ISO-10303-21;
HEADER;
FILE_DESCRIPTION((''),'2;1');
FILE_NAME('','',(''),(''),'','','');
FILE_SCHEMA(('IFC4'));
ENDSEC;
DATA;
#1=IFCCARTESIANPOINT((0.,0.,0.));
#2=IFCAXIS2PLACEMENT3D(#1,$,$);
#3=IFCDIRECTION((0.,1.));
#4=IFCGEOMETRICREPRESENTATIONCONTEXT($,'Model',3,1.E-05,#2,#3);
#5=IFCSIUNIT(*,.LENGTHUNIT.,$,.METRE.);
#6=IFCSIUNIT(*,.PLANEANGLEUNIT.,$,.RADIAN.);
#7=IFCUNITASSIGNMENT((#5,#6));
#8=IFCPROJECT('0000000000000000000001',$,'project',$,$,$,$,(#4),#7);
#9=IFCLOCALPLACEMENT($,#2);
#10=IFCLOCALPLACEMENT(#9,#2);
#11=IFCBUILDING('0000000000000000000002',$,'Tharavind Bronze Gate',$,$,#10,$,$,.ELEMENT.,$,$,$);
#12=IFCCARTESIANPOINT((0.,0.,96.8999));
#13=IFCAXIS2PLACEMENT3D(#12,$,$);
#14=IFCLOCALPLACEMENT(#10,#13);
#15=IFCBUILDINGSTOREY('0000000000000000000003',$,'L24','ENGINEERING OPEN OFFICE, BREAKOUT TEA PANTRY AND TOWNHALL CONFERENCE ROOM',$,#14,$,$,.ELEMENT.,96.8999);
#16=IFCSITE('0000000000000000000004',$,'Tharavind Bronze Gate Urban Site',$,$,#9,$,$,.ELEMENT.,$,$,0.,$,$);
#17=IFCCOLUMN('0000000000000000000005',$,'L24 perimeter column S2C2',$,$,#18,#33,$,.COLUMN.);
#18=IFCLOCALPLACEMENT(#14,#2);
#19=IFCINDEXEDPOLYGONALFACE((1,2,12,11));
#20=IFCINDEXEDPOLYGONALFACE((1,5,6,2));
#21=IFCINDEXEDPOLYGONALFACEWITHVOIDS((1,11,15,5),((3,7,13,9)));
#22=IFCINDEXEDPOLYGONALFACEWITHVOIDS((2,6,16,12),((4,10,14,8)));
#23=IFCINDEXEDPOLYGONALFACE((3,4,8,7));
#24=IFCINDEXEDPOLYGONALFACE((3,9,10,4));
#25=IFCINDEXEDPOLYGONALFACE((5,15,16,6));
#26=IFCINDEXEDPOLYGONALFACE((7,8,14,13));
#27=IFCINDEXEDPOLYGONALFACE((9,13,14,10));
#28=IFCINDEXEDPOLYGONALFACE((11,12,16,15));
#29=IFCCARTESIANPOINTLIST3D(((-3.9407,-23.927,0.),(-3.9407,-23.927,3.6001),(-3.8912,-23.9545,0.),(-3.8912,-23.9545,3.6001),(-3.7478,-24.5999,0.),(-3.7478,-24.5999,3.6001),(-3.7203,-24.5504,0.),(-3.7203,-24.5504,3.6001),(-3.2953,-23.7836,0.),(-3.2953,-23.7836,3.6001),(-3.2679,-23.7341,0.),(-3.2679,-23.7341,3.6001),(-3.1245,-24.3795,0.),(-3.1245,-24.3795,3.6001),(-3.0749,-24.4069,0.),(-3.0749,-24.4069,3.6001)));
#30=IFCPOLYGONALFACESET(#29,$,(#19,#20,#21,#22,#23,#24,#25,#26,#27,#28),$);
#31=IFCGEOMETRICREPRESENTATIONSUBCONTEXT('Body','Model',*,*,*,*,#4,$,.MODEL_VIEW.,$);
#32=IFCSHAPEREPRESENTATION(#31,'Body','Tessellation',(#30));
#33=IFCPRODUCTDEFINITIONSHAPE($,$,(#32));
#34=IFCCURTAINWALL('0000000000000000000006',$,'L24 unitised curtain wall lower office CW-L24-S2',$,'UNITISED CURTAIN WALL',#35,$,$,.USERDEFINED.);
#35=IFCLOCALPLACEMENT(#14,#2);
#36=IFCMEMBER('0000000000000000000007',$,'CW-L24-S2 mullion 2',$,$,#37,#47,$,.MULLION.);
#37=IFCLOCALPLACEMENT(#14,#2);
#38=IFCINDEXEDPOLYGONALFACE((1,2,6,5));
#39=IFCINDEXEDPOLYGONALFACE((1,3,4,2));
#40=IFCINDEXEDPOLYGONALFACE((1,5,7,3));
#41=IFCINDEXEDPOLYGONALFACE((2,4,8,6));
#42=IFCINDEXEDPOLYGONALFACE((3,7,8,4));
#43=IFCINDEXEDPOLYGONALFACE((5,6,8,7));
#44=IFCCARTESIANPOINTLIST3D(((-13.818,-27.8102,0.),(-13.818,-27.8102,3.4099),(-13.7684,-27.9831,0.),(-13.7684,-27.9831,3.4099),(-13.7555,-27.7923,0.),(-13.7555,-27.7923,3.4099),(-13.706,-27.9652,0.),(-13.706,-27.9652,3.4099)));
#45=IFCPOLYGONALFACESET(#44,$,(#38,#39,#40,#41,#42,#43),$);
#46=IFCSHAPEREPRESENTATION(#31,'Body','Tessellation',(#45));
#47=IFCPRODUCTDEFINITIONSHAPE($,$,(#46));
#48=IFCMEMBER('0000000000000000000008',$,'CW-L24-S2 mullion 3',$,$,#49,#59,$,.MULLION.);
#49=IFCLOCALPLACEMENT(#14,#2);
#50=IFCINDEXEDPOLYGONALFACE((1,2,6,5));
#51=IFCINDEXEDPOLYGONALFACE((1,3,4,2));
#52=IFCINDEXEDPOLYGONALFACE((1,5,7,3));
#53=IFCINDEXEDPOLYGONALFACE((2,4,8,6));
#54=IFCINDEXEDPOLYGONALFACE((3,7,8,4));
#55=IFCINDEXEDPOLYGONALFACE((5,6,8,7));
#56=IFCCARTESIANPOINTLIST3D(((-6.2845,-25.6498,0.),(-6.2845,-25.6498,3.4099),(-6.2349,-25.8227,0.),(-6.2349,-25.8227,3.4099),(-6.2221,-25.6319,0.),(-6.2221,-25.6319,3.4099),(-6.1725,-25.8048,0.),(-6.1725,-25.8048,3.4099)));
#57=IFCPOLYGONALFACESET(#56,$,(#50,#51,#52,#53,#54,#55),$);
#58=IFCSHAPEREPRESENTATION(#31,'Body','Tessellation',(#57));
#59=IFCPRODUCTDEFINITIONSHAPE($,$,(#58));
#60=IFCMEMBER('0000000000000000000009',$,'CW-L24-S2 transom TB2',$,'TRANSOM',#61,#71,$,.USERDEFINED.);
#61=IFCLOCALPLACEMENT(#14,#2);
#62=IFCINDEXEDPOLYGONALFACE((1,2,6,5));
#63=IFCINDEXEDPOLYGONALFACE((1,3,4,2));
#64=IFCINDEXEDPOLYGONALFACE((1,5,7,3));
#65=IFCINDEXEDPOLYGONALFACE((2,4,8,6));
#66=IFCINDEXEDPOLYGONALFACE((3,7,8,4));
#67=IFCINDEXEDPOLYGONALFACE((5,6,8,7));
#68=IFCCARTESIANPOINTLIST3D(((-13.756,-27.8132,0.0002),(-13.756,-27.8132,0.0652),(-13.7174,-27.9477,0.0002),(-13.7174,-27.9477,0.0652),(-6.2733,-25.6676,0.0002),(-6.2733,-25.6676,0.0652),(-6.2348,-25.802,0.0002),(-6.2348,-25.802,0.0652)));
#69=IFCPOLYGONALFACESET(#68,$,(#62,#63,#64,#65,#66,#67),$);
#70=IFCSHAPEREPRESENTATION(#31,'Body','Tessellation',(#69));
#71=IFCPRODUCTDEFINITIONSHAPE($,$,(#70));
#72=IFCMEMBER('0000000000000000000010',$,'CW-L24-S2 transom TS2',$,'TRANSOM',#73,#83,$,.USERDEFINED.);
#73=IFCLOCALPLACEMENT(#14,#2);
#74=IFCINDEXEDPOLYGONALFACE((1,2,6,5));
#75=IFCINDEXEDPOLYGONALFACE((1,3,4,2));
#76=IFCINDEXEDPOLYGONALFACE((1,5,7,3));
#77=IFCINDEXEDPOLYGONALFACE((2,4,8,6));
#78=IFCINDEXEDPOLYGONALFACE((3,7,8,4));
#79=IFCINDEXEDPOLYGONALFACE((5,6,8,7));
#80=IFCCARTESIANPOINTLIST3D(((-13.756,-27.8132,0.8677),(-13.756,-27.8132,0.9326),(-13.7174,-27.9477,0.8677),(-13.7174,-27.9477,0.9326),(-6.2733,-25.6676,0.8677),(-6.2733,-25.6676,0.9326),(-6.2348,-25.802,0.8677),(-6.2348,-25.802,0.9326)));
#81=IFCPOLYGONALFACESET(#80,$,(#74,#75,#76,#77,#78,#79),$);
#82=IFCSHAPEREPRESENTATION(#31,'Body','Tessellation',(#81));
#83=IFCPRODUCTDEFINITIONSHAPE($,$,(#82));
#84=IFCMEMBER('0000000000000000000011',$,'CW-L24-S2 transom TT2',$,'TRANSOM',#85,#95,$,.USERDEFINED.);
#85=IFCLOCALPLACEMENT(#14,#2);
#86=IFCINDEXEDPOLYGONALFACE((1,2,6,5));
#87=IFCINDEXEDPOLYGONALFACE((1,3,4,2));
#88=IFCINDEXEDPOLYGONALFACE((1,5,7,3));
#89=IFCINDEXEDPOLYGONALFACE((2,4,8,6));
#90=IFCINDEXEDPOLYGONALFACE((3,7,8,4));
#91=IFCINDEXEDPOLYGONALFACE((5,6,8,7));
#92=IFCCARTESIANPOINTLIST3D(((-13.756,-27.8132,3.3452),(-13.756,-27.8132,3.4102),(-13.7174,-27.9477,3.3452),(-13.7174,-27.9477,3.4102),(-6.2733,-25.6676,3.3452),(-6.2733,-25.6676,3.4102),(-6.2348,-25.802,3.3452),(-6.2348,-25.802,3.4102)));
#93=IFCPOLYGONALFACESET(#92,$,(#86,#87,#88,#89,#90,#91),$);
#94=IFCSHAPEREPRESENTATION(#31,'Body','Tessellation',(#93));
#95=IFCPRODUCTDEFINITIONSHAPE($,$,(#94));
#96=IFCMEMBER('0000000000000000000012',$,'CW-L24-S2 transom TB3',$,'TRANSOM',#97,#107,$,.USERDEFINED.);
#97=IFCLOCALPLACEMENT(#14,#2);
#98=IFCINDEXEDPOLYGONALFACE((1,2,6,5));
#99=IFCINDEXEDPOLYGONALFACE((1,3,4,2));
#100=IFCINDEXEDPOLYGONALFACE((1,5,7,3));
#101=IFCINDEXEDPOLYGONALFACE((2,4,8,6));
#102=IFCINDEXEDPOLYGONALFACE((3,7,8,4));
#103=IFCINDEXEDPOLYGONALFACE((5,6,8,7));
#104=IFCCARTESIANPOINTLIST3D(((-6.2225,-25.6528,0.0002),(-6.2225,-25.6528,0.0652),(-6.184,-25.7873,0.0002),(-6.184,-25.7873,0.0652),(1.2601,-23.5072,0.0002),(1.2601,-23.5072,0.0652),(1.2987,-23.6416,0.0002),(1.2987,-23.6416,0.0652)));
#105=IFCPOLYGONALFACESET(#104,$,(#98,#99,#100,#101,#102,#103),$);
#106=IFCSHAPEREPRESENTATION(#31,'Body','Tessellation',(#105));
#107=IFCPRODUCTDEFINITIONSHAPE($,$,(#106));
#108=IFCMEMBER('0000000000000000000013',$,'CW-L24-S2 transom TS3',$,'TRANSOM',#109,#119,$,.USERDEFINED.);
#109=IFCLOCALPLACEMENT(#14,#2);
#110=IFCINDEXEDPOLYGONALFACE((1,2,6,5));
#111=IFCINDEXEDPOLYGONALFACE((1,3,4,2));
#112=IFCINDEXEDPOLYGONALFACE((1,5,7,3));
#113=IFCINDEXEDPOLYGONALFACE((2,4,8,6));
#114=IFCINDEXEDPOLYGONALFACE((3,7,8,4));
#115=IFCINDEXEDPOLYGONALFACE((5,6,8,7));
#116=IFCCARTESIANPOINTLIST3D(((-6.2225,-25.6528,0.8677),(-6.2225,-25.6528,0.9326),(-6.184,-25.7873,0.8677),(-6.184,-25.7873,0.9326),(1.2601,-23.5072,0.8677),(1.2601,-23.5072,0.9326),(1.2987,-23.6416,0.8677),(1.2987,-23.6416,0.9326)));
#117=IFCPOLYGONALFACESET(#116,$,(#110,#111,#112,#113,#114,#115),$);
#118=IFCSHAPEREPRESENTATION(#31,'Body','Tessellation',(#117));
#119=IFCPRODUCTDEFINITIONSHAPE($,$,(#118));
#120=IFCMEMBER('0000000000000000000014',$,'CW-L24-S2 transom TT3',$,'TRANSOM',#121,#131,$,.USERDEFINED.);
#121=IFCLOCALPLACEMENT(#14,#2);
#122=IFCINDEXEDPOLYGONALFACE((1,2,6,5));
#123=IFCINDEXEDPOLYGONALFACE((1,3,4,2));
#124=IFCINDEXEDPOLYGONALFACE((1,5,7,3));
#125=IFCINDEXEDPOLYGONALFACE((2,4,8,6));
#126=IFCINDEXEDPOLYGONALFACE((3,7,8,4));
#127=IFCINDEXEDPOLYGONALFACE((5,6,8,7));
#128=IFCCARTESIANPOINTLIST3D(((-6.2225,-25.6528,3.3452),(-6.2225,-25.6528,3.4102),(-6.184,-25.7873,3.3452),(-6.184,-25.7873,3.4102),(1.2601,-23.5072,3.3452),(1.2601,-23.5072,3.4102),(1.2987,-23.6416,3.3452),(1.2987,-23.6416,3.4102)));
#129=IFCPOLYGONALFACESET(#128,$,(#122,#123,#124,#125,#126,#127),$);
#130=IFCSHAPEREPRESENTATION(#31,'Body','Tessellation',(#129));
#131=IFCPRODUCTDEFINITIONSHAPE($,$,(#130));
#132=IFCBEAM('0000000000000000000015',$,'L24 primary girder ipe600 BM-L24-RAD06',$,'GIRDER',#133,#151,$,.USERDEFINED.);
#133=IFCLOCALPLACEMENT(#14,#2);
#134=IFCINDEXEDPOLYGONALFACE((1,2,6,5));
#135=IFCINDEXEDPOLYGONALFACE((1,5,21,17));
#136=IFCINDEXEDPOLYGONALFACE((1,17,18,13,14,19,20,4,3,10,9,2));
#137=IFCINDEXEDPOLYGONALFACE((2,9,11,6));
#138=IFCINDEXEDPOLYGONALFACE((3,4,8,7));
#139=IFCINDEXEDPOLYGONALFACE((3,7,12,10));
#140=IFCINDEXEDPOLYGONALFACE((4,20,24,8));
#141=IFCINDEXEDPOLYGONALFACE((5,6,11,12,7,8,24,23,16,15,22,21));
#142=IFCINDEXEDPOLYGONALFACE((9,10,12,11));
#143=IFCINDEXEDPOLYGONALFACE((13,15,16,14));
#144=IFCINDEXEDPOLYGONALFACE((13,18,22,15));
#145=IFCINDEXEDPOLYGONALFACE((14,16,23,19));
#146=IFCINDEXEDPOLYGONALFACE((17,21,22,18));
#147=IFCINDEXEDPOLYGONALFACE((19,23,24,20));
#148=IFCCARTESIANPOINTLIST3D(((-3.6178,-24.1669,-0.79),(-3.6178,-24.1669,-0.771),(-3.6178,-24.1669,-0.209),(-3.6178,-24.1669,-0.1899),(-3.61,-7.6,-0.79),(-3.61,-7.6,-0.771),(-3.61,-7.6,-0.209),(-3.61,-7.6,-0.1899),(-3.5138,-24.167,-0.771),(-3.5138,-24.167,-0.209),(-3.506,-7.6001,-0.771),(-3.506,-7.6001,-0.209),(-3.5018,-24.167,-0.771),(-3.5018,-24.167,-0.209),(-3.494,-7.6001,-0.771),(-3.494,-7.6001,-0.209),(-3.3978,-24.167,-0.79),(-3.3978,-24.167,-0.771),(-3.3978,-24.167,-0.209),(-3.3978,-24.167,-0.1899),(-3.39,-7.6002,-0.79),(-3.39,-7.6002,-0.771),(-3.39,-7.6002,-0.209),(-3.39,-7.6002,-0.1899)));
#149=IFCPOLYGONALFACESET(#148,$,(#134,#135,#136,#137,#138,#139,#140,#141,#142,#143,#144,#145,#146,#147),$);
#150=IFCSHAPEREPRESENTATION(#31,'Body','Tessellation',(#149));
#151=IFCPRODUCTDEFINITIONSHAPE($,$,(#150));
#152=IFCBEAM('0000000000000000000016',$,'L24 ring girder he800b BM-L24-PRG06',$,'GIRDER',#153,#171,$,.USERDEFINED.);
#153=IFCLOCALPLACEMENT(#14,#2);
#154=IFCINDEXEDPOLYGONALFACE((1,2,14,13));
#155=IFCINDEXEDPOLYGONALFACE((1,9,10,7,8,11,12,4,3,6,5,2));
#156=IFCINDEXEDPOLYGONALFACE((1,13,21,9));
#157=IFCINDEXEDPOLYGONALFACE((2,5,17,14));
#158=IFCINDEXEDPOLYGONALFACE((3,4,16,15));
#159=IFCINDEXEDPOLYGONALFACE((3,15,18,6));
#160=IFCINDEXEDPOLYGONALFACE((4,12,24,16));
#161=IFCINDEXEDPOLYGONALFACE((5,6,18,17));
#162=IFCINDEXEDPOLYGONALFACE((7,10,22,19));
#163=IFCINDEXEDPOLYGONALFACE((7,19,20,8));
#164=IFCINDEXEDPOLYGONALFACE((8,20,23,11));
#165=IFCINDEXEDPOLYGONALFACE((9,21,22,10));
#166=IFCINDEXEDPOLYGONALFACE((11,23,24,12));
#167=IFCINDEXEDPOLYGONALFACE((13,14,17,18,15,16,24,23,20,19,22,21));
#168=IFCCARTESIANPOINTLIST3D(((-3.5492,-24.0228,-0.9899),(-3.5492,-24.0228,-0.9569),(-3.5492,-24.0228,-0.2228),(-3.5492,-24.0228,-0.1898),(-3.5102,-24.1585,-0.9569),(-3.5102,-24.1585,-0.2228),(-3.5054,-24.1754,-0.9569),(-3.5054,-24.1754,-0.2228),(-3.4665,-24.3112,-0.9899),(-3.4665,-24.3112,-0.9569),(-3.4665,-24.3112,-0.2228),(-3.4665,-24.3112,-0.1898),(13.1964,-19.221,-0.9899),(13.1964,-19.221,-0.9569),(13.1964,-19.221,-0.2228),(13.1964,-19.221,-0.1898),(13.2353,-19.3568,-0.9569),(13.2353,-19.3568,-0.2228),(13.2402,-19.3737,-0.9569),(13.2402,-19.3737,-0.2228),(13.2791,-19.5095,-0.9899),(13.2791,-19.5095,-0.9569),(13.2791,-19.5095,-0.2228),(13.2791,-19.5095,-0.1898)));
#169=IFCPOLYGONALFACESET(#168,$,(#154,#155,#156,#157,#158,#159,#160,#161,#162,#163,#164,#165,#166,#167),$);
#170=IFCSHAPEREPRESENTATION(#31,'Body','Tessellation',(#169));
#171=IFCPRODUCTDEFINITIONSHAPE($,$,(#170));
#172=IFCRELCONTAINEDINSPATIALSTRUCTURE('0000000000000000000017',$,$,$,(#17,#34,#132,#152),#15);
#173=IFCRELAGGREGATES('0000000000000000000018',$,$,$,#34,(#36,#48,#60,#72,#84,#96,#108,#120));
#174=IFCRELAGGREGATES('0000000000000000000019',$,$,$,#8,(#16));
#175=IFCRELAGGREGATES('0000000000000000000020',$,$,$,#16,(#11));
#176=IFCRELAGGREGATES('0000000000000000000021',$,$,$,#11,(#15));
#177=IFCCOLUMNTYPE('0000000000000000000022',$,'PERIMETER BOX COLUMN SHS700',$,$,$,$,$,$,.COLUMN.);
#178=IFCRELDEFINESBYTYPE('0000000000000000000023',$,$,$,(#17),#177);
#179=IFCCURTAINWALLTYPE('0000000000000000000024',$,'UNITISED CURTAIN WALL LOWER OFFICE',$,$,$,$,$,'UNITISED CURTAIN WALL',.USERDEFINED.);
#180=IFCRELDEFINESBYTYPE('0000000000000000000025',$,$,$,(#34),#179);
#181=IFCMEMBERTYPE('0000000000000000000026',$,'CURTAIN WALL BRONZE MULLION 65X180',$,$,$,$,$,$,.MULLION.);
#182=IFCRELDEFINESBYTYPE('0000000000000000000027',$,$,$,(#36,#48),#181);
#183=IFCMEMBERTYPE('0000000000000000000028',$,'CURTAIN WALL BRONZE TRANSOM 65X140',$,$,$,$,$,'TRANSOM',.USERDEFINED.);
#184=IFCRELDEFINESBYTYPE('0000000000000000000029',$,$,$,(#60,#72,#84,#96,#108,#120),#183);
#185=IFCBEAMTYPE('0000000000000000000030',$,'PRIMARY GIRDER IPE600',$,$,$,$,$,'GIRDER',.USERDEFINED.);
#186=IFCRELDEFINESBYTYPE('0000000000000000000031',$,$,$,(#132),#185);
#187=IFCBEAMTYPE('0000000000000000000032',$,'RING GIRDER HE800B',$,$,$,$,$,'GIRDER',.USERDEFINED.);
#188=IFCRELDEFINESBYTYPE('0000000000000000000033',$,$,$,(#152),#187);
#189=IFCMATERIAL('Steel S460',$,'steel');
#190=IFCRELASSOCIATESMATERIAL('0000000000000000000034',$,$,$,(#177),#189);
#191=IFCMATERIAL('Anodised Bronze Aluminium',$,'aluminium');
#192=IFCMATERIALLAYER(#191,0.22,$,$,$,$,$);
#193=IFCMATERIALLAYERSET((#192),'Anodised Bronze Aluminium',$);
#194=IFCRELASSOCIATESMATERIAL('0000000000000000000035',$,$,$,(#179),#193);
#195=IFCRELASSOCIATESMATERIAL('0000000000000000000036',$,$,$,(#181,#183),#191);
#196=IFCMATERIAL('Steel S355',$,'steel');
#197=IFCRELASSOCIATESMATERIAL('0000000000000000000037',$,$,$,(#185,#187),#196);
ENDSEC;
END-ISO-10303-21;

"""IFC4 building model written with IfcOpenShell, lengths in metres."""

from ifc_helpers import new_model, si_unit, direction, frame, origin, origin_2d, place, context, subcontext, project, spatial, rectangle, hollow_rectangle, i_section, extrude, material, layer, layer_set, material_profile, profile_set, type_object, element, aggregate, save


model = new_model("IFC4")

# Units and contexts
model_context = context("Model", 3, precision=1e-05, world=origin(), true_north=direction((0.0, 1.0)))
body_context = subcontext(model_context, "Body", "Model", "MODEL_VIEW")
ifc_project = project(units=[si_unit("LENGTHUNIT", "METRE"), si_unit("PLANEANGLEUNIT", "RADIAN")], contexts=[model_context])

# Site, building, storey
site_placement = place(None, origin())
site = spatial("IfcSite", under=ifc_project, at=site_placement, Name="Tharavind Bronze Gate Urban Site", CompositionType="ELEMENT", RefElevation=0.0)
building_placement = place(site_placement, origin())
building = spatial("IfcBuilding", under=site, at=building_placement, Name="Tharavind Bronze Gate", CompositionType="ELEMENT")
storey_placement = place(building_placement, frame((0.0, 0.0, 96.8999)))
storey = spatial("IfcBuildingStorey", under=building, at=storey_placement, Name="L24", Description="ENGINEERING OPEN OFFICE, BREAKOUT TEA PANTRY AND TOWNHALL CONFERENCE ROOM", CompositionType="ELEMENT", Elevation=96.8999)

# Column
ifc_material_1 = material(Name="Steel S460", Category="steel")
ifc_material_profile_1 = material_profile(ifc_material_1, hollow_rectangle(XDim=0.7, YDim=0.7, WallThickness=0.04, at=origin_2d()), Name="SHS700X40")
ifc_profile_set_1 = profile_set([ifc_material_profile_1], Name="Steel S460")
column_type = type_object("IfcColumnType", Name="PERIMETER BOX COLUMN SHS700", PredefinedType="COLUMN", material=ifc_profile_set_1)
column_placement = place(storey_placement, frame((-3.5078, -24.167, 0.0), z_axis=(0.0, 0.0, 1.0), x_axis=(0.961262, 0.275637, 0.0)))
element("IfcColumn", 1, at=column_placement, inside=storey, type_object=column_type, Name="L24 perimeter column S2C2", PredefinedType="COLUMN", context=body_context, shape_type="SweptSolid", body=[
    extrude(hollow_rectangle(XDim=0.7, YDim=0.7, WallThickness=0.04, at=origin_2d()), origin(), (0.0, 0.0, 1.0), 3.6001),
])

# Curtain wall, members
ifc_material_2 = material(Name="Anodised Bronze Aluminium", Category="aluminium")
ifc_layer_1 = layer(ifc_material_2, 0.22)
ifc_layer_set_1 = layer_set([ifc_layer_1], Name="Anodised Bronze Aluminium")
curtain_wall_type = type_object("IfcCurtainWallType", Name="UNITISED CURTAIN WALL LOWER OFFICE", ElementType="UNITISED CURTAIN WALL", PredefinedType="USERDEFINED", material=ifc_layer_set_1)
curtain_wall_placement = place(storey_placement, origin())
curtain_wall = element("IfcCurtainWall", 2, at=curtain_wall_placement, inside=storey, type_object=curtain_wall_type, Name="L24 unitised curtain wall lower office CW-L24-S2", ObjectType="UNITISED CURTAIN WALL", PredefinedType="USERDEFINED")
member_type_1 = type_object("IfcMemberType", Name="CURTAIN WALL BRONZE MULLION 65X180", PredefinedType="MULLION", material=ifc_material_2)
member_1_placement = place(storey_placement, frame((-13.762, -27.8877, 0.0), z_axis=(0.0, 0.0, 1.0), x_axis=(0.961262, 0.275637, 0.0)))
member_1 = element("IfcMember", 3, at=member_1_placement, type_object=member_type_1, Name="CW-L24-S2 mullion 2", PredefinedType="MULLION", context=body_context, shape_type="SweptSolid", body=[
    extrude(rectangle(XDim=0.0649, YDim=0.1799, at=origin_2d()), origin(), (0.0, 0.0, 1.0), 3.4099),
])
member_2_placement = place(storey_placement, frame((-6.2285, -25.7273, 0.0), z_axis=(0.0, 0.0, 1.0), x_axis=(0.961262, 0.275637, 0.0)))
member_2 = element("IfcMember", 4, at=member_2_placement, type_object=member_type_1, Name="CW-L24-S2 mullion 3", PredefinedType="MULLION", context=body_context, shape_type="SweptSolid", body=[
    extrude(rectangle(XDim=0.0649, YDim=0.1799, at=origin_2d()), origin(), (0.0, 0.0, 1.0), 3.4099),
])
member_type_2 = type_object("IfcMemberType", Name="CURTAIN WALL BRONZE TRANSOM 65X140", ElementType="TRANSOM", PredefinedType="USERDEFINED", material=ifc_material_2)
member_3_placement = place(storey_placement, frame((-9.9954, -26.8076, 0.0002), z_axis=(0.0, 0.0, 1.0), x_axis=(0.961262, 0.275637, 0.0)))
member_3 = element("IfcMember", 5, at=member_3_placement, type_object=member_type_2, Name="CW-L24-S2 transom TB2", ObjectType="TRANSOM", PredefinedType="USERDEFINED", context=body_context, shape_type="SweptSolid", body=[
    extrude(rectangle(XDim=7.7842, YDim=0.1399, at=origin_2d()), origin(), (0.0, 0.0, 1.0), 0.0649),
])
member_4_placement = place(storey_placement, frame((-9.9954, -26.8076, 0.8677), z_axis=(0.0, 0.0, 1.0), x_axis=(0.961262, 0.275637, 0.0)))
member_4 = element("IfcMember", 6, at=member_4_placement, type_object=member_type_2, Name="CW-L24-S2 transom TS2", ObjectType="TRANSOM", PredefinedType="USERDEFINED", context=body_context, shape_type="SweptSolid", body=[
    extrude(rectangle(XDim=7.7842, YDim=0.1399, at=origin_2d()), origin(), (0.0, 0.0, 1.0), 0.0649),
])
member_5_placement = place(storey_placement, frame((-9.9954, -26.8076, 3.3452), z_axis=(0.0, 0.0, 1.0), x_axis=(0.961262, 0.275637, 0.0)))
member_5 = element("IfcMember", 7, at=member_5_placement, type_object=member_type_2, Name="CW-L24-S2 transom TT2", ObjectType="TRANSOM", PredefinedType="USERDEFINED", context=body_context, shape_type="SweptSolid", body=[
    extrude(rectangle(XDim=7.7842, YDim=0.1399, at=origin_2d()), origin(), (0.0, 0.0, 1.0), 0.0649),
])
member_6_placement = place(storey_placement, frame((-2.4619, -24.6472, 0.0002), z_axis=(0.0, 0.0, 1.0), x_axis=(0.961262, 0.275637, 0.0)))
member_6 = element("IfcMember", 8, at=member_6_placement, type_object=member_type_2, Name="CW-L24-S2 transom TB3", ObjectType="TRANSOM", PredefinedType="USERDEFINED", context=body_context, shape_type="SweptSolid", body=[
    extrude(rectangle(XDim=7.7842, YDim=0.1399, at=origin_2d()), origin(), (0.0, 0.0, 1.0), 0.0649),
])
member_7_placement = place(storey_placement, frame((-2.4619, -24.6472, 0.8677), z_axis=(0.0, 0.0, 1.0), x_axis=(0.961262, 0.275637, 0.0)))
member_7 = element("IfcMember", 9, at=member_7_placement, type_object=member_type_2, Name="CW-L24-S2 transom TS3", ObjectType="TRANSOM", PredefinedType="USERDEFINED", context=body_context, shape_type="SweptSolid", body=[
    extrude(rectangle(XDim=7.7842, YDim=0.1399, at=origin_2d()), origin(), (0.0, 0.0, 1.0), 0.0649),
])
member_8_placement = place(storey_placement, frame((-2.4619, -24.6472, 3.3452), z_axis=(0.0, 0.0, 1.0), x_axis=(0.961262, 0.275637, 0.0)))
member_8 = element("IfcMember", 10, at=member_8_placement, type_object=member_type_2, Name="CW-L24-S2 transom TT3", ObjectType="TRANSOM", PredefinedType="USERDEFINED", context=body_context, shape_type="SweptSolid", body=[
    extrude(rectangle(XDim=7.7842, YDim=0.1399, at=origin_2d()), origin(), (0.0, 0.0, 1.0), 0.0649),
])

# Beams
ifc_material_3 = material(Name="Steel S355", Category="steel")
ifc_material_profile_2 = material_profile(ifc_material_3, i_section(OverallWidth=0.22, OverallDepth=0.6001, WebThickness=0.012, FlangeThickness=0.019, at=origin_2d()), Name="IPE600")
ifc_profile_set_2 = profile_set([ifc_material_profile_2], Name="Steel S355")
beam_type_1 = type_object("IfcBeamType", Name="PRIMARY GIRDER IPE600", ElementType="GIRDER", PredefinedType="USERDEFINED", material=ifc_profile_set_2)
beam_1_placement = place(storey_placement, frame((-3.5078, -24.167, -0.49), z_axis=(0.000472, 1.0, 0.0), x_axis=(-1.0, 0.000472, 0.0)))
element("IfcBeam", 11, at=beam_1_placement, inside=storey, type_object=beam_type_1, Name="L24 primary girder ipe600 BM-L24-RAD06", ObjectType="GIRDER", PredefinedType="USERDEFINED", context=body_context, shape_type="SweptSolid", body=[
    extrude(i_section(OverallWidth=0.22, OverallDepth=0.6001, WebThickness=0.012, FlangeThickness=0.019, at=origin_2d()), origin(), (0.0, 0.0, 1.0), 16.5669),
])
ifc_material_profile_3 = material_profile(ifc_material_3, i_section(OverallWidth=0.3, OverallDepth=0.8, WebThickness=0.0176, FlangeThickness=0.033, at=origin_2d()), Name="HE800B")
ifc_profile_set_3 = profile_set([ifc_material_profile_3], Name="Steel S355")
beam_type_2 = type_object("IfcBeamType", Name="RING GIRDER HE800B", ElementType="GIRDER", PredefinedType="USERDEFINED", material=ifc_profile_set_3)
beam_2_placement = place(storey_placement, frame((-3.5078, -24.167, -0.5898), z_axis=(0.961261, 0.275639, 0.0), x_axis=(-0.275639, 0.961261, 0.0)))
element("IfcBeam", 12, at=beam_2_placement, inside=storey, type_object=beam_type_2, Name="L24 ring girder he800b BM-L24-PRG06", ObjectType="GIRDER", PredefinedType="USERDEFINED", context=body_context, shape_type="SweptSolid", body=[
    extrude(i_section(OverallWidth=0.3, OverallDepth=0.8, WebThickness=0.0176, FlangeThickness=0.033, at=origin_2d()), origin(), (0.0, 0.0, 1.0), 17.4204),
])

aggregate(curtain_wall, [member_1, member_2, member_3, member_4, member_5, member_6, member_7, member_8])

save(model, "model.ifc")
